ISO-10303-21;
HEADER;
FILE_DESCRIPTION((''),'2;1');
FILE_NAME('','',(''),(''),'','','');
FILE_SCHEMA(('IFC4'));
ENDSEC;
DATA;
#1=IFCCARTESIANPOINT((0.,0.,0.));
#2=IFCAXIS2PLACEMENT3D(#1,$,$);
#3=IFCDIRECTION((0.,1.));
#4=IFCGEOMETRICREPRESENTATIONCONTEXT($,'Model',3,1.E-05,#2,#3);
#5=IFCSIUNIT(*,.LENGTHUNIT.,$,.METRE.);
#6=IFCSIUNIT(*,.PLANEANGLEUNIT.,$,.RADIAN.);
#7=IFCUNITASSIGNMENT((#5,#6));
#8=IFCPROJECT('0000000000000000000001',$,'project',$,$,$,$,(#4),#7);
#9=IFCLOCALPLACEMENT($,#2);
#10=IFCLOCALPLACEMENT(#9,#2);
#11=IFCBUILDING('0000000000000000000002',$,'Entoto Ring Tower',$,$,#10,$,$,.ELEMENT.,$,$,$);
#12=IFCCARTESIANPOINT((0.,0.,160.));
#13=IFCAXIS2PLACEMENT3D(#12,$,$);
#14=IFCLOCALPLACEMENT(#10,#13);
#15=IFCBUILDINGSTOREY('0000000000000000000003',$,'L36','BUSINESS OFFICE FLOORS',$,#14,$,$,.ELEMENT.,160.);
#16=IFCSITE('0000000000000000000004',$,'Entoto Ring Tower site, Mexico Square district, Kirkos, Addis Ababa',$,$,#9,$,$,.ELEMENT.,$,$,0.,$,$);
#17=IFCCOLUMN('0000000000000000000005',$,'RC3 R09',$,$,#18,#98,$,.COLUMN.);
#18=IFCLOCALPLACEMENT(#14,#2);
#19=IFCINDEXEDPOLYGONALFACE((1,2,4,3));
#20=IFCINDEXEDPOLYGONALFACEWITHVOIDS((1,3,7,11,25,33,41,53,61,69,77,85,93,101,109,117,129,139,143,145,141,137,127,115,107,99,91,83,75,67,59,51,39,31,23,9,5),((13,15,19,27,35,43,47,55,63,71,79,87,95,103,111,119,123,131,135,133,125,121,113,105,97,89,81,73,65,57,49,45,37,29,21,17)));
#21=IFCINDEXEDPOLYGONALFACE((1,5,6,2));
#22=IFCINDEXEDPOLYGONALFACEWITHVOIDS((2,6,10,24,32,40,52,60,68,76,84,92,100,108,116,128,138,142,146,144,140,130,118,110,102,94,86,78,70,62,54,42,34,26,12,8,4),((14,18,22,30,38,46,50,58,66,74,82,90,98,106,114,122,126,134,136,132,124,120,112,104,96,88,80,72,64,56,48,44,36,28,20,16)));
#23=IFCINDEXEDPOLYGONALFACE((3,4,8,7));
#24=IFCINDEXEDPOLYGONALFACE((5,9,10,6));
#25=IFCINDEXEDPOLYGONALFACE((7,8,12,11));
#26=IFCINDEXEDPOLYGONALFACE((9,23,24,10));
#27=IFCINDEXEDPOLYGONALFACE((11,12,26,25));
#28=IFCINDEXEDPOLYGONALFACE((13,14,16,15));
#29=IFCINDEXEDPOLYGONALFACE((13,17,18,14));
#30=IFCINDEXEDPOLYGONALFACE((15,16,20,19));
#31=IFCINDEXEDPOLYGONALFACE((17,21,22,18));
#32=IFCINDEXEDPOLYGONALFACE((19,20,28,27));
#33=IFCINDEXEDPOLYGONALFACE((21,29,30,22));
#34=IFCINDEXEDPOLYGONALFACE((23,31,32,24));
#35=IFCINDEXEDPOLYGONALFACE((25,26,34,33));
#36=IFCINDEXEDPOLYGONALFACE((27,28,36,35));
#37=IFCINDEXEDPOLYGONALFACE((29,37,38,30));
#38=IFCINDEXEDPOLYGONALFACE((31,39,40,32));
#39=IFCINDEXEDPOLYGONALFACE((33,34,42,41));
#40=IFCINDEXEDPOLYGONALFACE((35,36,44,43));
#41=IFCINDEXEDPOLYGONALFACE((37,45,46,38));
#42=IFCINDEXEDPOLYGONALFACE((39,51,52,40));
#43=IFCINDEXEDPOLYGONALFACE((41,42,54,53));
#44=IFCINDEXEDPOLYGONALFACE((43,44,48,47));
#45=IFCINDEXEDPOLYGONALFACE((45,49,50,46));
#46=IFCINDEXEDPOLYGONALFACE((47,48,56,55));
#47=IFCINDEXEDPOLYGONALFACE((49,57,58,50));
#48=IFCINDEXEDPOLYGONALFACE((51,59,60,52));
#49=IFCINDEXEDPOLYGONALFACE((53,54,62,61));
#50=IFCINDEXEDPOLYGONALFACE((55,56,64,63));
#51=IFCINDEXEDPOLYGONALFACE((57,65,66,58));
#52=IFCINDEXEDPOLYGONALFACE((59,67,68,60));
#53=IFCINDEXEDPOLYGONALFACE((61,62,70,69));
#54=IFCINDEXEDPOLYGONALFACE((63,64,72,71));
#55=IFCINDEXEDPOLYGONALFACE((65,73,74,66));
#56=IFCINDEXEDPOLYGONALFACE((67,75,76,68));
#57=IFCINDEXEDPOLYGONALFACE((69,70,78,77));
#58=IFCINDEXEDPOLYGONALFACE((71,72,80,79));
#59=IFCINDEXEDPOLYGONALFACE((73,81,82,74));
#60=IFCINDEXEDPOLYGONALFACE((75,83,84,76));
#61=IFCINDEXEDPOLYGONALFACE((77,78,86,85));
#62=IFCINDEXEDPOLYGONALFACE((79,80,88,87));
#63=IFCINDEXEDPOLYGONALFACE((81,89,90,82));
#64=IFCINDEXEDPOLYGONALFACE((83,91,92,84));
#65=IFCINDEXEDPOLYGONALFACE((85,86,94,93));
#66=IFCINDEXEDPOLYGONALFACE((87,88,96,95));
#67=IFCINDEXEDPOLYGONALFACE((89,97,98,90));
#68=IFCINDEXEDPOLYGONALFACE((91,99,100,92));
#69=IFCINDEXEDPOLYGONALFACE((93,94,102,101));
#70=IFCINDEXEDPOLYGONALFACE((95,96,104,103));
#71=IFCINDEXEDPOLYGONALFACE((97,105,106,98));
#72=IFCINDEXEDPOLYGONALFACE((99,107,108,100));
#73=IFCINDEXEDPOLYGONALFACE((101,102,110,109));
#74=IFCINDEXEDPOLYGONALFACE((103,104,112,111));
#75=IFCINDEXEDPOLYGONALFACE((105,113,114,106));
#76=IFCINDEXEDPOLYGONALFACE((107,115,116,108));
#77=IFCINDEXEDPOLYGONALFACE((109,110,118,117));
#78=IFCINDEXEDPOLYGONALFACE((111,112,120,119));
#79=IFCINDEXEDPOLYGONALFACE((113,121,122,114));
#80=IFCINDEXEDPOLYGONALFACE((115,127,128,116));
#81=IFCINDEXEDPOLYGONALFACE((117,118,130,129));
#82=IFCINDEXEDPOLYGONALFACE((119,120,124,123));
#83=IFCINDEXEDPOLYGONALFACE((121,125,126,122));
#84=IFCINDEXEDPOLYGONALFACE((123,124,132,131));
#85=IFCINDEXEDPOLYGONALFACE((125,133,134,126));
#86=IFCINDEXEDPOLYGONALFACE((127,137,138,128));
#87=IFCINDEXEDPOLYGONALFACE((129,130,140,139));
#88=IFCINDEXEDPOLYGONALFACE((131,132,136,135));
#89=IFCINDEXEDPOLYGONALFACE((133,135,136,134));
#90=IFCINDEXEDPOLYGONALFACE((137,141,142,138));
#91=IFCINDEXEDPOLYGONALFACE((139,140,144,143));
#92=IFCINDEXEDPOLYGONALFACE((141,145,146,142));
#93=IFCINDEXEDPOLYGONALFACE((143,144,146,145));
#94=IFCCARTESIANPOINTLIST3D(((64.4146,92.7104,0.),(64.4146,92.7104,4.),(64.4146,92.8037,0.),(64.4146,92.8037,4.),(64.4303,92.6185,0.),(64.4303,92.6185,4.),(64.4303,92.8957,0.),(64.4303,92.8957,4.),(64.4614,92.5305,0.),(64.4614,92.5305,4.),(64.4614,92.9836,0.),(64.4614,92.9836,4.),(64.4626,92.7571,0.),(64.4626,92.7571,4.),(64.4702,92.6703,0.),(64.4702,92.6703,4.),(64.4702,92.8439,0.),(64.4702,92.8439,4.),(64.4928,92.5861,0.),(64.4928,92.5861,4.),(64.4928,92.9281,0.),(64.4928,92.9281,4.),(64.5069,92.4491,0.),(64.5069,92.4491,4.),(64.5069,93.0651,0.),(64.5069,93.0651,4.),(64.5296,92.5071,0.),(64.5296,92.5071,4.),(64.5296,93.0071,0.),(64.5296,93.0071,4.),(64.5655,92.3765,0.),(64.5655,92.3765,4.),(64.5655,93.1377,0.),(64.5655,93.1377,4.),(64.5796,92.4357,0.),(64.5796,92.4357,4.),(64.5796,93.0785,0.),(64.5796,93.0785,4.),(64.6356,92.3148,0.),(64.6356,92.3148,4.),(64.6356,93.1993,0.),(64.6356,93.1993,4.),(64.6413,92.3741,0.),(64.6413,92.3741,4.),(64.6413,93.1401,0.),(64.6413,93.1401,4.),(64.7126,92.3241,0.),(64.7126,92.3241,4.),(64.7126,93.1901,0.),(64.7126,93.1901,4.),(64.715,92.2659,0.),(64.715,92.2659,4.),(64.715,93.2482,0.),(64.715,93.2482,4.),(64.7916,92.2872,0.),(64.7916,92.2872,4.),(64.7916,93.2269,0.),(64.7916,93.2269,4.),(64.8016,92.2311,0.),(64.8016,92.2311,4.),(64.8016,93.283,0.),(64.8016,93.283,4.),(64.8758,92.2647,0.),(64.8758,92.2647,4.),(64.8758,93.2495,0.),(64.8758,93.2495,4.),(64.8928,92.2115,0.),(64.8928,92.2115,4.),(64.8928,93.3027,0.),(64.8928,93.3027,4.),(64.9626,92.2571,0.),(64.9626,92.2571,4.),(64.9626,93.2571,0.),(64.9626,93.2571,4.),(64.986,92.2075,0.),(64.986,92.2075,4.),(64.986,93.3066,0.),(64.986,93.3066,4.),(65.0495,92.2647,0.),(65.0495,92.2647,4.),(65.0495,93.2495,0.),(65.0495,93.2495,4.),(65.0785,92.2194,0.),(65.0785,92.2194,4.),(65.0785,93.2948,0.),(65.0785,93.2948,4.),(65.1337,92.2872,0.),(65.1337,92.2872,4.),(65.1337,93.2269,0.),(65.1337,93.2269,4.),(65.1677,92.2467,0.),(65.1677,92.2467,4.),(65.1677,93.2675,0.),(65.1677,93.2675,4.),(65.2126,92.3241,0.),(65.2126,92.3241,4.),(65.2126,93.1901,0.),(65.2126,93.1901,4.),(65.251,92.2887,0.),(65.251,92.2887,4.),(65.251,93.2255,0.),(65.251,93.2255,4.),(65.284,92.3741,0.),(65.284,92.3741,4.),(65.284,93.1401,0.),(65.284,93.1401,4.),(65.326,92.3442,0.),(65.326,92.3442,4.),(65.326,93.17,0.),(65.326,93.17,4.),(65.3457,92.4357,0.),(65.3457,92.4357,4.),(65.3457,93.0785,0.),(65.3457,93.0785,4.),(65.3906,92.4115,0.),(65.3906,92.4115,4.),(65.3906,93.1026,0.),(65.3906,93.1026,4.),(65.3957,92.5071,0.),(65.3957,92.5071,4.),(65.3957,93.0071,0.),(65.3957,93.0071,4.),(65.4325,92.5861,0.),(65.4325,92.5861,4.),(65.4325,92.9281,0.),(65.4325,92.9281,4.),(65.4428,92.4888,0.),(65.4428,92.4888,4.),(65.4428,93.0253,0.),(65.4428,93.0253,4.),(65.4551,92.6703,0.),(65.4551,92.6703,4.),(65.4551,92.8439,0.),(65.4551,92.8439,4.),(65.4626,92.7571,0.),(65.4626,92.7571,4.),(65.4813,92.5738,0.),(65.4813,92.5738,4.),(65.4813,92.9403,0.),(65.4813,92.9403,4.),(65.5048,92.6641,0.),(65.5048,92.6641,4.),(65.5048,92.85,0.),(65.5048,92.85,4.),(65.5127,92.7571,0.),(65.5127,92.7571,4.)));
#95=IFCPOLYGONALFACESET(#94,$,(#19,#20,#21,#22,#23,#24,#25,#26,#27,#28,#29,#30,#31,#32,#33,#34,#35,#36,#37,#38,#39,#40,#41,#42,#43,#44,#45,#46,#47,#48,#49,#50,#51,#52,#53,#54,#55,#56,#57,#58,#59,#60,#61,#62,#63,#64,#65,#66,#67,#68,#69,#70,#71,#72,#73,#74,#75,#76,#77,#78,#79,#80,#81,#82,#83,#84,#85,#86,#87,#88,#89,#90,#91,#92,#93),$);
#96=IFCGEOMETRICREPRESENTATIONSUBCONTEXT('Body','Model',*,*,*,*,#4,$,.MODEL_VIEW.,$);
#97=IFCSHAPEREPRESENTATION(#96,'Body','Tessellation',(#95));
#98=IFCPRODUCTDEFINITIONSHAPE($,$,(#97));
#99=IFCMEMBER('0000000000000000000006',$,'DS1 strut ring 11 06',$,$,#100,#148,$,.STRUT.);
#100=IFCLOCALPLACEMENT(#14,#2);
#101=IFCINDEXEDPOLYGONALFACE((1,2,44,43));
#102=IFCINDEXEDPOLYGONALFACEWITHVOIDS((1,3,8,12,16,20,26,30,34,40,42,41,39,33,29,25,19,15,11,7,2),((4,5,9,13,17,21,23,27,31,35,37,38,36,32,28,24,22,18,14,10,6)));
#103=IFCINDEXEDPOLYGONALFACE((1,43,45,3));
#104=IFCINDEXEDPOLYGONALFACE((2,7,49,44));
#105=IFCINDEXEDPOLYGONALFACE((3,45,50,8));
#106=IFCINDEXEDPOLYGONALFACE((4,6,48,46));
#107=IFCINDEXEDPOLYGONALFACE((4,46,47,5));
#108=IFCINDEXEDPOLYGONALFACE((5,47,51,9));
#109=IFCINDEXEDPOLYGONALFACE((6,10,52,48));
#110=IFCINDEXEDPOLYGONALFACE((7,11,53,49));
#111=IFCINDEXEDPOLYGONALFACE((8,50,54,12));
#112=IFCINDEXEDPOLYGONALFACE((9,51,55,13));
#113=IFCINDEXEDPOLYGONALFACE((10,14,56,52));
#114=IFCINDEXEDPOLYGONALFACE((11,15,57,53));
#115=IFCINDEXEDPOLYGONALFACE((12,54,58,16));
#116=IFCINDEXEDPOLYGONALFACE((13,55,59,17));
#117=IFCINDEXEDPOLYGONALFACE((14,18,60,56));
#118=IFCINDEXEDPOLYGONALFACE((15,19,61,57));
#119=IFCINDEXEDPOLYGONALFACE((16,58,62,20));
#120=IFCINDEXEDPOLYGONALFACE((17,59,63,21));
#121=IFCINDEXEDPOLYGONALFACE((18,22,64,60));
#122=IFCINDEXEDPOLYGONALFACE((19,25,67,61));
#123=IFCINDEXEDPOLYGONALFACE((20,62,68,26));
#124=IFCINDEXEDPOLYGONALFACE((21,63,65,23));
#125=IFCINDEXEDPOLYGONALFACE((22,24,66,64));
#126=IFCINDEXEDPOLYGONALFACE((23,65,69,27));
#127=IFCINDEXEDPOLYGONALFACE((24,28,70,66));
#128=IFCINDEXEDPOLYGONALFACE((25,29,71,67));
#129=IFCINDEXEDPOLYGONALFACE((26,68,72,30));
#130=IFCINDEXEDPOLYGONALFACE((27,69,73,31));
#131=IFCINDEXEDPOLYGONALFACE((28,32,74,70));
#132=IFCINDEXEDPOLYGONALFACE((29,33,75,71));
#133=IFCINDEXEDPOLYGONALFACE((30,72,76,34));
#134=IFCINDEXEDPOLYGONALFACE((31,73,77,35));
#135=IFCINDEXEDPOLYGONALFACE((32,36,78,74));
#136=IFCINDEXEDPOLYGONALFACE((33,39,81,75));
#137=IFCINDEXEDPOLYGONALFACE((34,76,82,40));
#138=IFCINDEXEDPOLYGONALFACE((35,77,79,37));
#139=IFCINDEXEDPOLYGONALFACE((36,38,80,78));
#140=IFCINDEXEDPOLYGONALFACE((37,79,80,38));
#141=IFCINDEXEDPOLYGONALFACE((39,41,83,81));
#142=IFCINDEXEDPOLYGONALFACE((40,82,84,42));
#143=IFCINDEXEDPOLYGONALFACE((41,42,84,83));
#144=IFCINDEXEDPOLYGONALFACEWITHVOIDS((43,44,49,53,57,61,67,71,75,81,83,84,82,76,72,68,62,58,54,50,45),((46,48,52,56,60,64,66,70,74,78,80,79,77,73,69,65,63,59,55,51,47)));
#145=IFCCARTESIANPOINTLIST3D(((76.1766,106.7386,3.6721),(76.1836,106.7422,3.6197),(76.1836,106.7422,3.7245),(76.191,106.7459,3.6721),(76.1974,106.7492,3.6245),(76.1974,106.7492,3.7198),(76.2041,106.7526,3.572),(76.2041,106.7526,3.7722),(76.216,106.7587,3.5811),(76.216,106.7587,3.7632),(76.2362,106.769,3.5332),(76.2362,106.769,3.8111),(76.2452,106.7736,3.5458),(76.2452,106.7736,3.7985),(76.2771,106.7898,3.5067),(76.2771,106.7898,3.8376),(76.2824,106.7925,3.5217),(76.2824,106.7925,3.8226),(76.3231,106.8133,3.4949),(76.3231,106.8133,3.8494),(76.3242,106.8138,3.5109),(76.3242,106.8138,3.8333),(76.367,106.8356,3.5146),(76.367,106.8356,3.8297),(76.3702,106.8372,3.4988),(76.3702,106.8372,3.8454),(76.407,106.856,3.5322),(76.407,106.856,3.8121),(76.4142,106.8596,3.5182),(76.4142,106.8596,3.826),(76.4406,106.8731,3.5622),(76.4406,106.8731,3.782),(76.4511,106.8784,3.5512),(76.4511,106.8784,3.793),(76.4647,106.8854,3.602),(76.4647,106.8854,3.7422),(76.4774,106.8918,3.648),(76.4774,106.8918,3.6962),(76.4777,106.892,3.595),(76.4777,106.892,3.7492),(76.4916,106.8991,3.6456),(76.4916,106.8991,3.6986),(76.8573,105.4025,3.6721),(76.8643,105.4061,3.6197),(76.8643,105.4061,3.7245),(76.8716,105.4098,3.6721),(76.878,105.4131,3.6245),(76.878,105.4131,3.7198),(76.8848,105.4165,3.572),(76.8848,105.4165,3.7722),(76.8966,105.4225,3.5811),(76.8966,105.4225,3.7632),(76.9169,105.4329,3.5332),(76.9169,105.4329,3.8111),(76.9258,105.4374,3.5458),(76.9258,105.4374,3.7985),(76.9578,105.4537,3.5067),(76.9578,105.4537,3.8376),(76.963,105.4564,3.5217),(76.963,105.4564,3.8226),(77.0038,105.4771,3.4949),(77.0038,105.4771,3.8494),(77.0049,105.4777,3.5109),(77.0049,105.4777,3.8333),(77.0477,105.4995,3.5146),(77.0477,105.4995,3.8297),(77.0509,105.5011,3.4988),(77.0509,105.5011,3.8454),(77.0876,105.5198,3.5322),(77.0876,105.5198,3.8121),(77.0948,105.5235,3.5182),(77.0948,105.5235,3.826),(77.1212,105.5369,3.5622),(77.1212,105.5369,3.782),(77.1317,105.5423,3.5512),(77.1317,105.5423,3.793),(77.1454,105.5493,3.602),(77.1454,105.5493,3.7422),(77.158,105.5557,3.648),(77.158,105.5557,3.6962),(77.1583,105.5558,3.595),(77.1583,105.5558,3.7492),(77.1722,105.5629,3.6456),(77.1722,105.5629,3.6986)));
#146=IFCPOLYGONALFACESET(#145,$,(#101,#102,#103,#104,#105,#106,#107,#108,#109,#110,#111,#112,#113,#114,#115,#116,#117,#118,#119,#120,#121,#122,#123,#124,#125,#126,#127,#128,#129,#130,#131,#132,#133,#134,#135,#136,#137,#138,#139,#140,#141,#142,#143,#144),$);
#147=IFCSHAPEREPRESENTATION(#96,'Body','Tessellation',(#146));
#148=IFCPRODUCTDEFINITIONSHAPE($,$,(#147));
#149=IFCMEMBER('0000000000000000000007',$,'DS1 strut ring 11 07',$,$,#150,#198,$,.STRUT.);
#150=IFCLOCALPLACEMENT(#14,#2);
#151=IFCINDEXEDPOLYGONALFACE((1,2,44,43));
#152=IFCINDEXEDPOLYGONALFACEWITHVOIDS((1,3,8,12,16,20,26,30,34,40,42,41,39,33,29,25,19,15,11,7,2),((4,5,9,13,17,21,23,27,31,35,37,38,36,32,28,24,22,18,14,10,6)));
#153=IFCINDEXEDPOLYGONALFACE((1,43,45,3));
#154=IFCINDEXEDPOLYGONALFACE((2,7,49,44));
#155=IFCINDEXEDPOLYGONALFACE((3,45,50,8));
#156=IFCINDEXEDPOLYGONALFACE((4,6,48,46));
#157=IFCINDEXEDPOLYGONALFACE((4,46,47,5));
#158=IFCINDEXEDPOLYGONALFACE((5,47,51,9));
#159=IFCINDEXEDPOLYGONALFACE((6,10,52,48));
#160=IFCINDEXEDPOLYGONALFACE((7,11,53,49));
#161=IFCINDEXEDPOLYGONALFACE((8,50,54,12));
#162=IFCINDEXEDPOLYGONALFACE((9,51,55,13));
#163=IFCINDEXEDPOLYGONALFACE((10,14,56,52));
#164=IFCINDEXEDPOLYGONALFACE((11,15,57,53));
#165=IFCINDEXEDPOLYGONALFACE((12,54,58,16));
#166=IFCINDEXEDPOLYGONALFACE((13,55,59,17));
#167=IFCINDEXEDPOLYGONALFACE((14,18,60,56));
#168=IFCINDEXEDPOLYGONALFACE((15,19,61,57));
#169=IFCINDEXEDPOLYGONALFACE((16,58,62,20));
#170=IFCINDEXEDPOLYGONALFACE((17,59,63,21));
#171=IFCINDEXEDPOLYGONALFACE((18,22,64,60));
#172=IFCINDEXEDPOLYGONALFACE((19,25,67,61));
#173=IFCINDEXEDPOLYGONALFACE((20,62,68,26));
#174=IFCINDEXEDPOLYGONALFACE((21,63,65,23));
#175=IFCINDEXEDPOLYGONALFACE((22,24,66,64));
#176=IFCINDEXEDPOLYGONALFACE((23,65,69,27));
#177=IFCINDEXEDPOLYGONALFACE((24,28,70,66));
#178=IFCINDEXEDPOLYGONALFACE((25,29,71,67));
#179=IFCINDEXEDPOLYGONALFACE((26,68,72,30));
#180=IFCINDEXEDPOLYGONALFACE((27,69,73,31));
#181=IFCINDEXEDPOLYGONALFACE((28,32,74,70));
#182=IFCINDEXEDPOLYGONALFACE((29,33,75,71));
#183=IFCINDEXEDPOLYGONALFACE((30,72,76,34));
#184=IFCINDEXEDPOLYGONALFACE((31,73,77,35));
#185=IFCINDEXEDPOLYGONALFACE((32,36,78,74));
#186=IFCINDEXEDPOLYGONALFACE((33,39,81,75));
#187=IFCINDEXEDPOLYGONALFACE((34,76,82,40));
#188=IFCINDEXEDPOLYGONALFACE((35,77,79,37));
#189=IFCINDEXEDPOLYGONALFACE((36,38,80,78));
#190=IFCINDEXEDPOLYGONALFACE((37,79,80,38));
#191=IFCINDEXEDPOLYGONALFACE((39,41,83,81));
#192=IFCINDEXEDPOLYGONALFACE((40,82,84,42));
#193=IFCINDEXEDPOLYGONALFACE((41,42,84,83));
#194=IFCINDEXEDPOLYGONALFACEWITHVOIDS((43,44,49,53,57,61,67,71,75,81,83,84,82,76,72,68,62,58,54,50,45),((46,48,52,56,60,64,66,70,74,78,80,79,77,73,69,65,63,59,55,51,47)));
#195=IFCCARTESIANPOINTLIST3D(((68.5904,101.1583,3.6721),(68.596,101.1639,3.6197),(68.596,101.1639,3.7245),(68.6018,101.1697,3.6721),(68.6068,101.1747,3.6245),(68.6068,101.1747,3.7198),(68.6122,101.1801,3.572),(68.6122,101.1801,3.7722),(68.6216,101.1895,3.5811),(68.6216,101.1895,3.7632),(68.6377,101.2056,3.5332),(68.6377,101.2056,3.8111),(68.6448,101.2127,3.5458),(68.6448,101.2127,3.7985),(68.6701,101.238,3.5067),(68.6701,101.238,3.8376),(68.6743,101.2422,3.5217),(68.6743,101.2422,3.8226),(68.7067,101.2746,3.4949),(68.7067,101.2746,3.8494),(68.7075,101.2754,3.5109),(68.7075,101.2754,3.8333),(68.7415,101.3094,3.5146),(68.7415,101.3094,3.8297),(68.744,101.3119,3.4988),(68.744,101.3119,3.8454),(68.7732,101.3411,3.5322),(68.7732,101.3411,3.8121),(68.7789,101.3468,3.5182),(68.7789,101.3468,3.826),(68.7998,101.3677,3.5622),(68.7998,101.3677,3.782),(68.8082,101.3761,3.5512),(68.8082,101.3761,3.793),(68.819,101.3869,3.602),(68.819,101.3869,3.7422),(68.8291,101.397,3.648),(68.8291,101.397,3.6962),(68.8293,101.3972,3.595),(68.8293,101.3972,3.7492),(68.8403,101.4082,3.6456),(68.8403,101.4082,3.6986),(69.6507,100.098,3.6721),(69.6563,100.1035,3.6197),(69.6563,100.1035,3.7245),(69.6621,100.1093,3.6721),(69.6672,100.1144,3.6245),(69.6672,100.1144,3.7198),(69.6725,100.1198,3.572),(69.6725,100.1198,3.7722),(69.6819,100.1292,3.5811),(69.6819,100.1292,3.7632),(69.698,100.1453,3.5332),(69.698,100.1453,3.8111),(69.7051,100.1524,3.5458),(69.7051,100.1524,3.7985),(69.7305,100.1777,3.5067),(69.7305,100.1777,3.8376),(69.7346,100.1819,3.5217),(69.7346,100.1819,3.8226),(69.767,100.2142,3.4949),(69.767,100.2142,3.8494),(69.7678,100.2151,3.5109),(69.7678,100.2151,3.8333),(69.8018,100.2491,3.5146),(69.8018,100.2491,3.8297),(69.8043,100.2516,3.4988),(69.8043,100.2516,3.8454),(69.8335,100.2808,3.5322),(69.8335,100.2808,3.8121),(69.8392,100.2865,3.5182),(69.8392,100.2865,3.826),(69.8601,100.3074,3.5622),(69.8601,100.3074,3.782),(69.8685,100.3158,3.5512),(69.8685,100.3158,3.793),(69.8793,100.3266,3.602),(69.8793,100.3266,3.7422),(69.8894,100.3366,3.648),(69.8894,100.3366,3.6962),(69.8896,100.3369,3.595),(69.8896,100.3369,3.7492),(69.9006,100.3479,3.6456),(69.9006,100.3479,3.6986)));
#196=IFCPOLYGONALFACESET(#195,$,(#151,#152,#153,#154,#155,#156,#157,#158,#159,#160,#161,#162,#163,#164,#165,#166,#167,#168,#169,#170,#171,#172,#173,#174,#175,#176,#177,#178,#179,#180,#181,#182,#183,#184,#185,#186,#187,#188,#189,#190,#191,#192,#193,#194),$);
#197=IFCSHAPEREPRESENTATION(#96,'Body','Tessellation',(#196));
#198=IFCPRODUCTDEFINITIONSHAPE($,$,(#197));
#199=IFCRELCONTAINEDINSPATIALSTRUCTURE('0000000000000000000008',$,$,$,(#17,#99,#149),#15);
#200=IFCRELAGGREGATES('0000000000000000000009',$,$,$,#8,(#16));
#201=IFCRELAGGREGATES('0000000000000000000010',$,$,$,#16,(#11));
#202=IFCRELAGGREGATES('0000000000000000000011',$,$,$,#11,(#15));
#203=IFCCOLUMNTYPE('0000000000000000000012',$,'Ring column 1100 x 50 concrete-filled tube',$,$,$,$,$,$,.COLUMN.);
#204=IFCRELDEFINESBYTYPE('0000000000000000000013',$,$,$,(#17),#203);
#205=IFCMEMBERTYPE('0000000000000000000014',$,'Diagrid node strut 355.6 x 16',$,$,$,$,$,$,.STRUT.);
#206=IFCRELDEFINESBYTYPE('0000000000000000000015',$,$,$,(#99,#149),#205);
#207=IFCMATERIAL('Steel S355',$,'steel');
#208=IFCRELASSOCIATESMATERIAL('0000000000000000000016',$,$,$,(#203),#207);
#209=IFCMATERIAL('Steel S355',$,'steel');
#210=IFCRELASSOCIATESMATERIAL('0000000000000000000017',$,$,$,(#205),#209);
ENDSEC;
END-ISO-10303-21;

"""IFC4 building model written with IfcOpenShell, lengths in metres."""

from ifc_helpers import new_model, si_unit, direction, frame, origin, origin_2d, place, context, subcontext, project, spatial, circle, hollow_circle, extrude, material, material_profile, profile_set, type_object, element, save


model = new_model("IFC4")

# Units and contexts
model_context = context("Model", 3, precision=1e-05, world=origin(), true_north=direction((0.0, 1.0)))
body_context = subcontext(model_context, "Body", "Model", "MODEL_VIEW")
ifc_project = project(units=[si_unit("LENGTHUNIT", "METRE"), si_unit("PLANEANGLEUNIT", "RADIAN")], contexts=[model_context])

# Site, building, storey
site_placement = place(None, origin())
site = spatial("IfcSite", under=ifc_project, at=site_placement, Name="Entoto Ring Tower site, Mexico Square district, Kirkos, Addis Ababa", CompositionType="ELEMENT", RefElevation=0.0)
building_placement = place(site_placement, origin())
building = spatial("IfcBuilding", under=site, at=building_placement, Name="Entoto Ring Tower", CompositionType="ELEMENT")
storey_placement = place(building_placement, frame((0.0, 0.0, 160.0)))
storey = spatial("IfcBuildingStorey", under=building, at=storey_placement, Name="L36", Description="BUSINESS OFFICE FLOORS", CompositionType="ELEMENT", Elevation=160.0)

# Column
ifc_material_1 = material(Name="Steel S355", Category="steel")
ifc_material_profile_1 = material_profile(ifc_material_1, hollow_circle(Radius=0.55, WallThickness=0.05, at=origin_2d()), Name="CHS 1100 x 50")
ifc_material_2 = material(Name="Concrete C60/75", Category="concrete")
ifc_material_profile_2 = material_profile(ifc_material_2, circle(Radius=0.5, at=origin_2d()), Name="Concrete C60/75 infill")
ifc_profile_set_1 = profile_set([ifc_material_profile_1, ifc_material_profile_2], Name="Steel S355")
column_type = type_object("IfcColumnType", Name="Ring column 1100 x 50 concrete-filled tube", PredefinedType="COLUMN", material=ifc_profile_set_1)
for number, where, z_axis, x_axis, name in (
    (1, (64.9626, 92.7571, 0.0), (0.0, 0.0, 1.0), (1.0, 0.0, 0.0), "RC3 R09"),
):
    element("IfcColumn", number, at=place(storey_placement, frame(where, z_axis=z_axis, x_axis=x_axis)), inside=storey, type_object=column_type, Name=name, PredefinedType="COLUMN", context=body_context, shape_type="SweptSolid", body=[
        extrude(hollow_circle(Radius=0.55, WallThickness=0.05, at=origin_2d()), origin(), (0.0, 0.0, 1.0), 4.0),
    ])

# Members
ifc_material_3 = material(Name="Steel S355", Category="steel")
ifc_material_profile_3 = material_profile(ifc_material_3, hollow_circle(Radius=0.1777, WallThickness=0.0161, at=origin_2d()), Name="CHS 355.6 x 16")
ifc_material_4 = material(Name="Concrete C60/75", Category="concrete")
ifc_material_profile_4 = material_profile(ifc_material_4, circle(Radius=0.1619, at=origin_2d()), Name="Concrete C60/75 infill")
ifc_profile_set_2 = profile_set([ifc_material_profile_3, ifc_material_profile_4], Name="Steel S355")
member_type = type_object("IfcMemberType", Name="Diagrid node strut 355.6 x 16", PredefinedType="STRUT", material=ifc_profile_set_2)
for number, where, z_axis, x_axis, name in (
    (2, (77.0156, 105.4832, 3.6721), (-0.453909, 0.891048, 0.0), (-0.891048, -0.453909, 0.0), "DS1 strut ring 11 06"),
    (3, (69.7764, 100.2236, 3.6721), (-0.707107, 0.707107, 0.0), (-0.707107, -0.707107, 0.0), "DS1 strut ring 11 07"),
):
    element("IfcMember", number, at=place(storey_placement, frame(where, z_axis=z_axis, x_axis=x_axis)), inside=storey, type_object=member_type, Name=name, PredefinedType="STRUT", context=body_context, shape_type="SweptSolid", body=[
        extrude(hollow_circle(Radius=0.1777, WallThickness=0.0161, at=origin_2d()), origin(), (0.0, 0.0, 1.0), 1.4995),
    ])

save(model, "model.ifc")
